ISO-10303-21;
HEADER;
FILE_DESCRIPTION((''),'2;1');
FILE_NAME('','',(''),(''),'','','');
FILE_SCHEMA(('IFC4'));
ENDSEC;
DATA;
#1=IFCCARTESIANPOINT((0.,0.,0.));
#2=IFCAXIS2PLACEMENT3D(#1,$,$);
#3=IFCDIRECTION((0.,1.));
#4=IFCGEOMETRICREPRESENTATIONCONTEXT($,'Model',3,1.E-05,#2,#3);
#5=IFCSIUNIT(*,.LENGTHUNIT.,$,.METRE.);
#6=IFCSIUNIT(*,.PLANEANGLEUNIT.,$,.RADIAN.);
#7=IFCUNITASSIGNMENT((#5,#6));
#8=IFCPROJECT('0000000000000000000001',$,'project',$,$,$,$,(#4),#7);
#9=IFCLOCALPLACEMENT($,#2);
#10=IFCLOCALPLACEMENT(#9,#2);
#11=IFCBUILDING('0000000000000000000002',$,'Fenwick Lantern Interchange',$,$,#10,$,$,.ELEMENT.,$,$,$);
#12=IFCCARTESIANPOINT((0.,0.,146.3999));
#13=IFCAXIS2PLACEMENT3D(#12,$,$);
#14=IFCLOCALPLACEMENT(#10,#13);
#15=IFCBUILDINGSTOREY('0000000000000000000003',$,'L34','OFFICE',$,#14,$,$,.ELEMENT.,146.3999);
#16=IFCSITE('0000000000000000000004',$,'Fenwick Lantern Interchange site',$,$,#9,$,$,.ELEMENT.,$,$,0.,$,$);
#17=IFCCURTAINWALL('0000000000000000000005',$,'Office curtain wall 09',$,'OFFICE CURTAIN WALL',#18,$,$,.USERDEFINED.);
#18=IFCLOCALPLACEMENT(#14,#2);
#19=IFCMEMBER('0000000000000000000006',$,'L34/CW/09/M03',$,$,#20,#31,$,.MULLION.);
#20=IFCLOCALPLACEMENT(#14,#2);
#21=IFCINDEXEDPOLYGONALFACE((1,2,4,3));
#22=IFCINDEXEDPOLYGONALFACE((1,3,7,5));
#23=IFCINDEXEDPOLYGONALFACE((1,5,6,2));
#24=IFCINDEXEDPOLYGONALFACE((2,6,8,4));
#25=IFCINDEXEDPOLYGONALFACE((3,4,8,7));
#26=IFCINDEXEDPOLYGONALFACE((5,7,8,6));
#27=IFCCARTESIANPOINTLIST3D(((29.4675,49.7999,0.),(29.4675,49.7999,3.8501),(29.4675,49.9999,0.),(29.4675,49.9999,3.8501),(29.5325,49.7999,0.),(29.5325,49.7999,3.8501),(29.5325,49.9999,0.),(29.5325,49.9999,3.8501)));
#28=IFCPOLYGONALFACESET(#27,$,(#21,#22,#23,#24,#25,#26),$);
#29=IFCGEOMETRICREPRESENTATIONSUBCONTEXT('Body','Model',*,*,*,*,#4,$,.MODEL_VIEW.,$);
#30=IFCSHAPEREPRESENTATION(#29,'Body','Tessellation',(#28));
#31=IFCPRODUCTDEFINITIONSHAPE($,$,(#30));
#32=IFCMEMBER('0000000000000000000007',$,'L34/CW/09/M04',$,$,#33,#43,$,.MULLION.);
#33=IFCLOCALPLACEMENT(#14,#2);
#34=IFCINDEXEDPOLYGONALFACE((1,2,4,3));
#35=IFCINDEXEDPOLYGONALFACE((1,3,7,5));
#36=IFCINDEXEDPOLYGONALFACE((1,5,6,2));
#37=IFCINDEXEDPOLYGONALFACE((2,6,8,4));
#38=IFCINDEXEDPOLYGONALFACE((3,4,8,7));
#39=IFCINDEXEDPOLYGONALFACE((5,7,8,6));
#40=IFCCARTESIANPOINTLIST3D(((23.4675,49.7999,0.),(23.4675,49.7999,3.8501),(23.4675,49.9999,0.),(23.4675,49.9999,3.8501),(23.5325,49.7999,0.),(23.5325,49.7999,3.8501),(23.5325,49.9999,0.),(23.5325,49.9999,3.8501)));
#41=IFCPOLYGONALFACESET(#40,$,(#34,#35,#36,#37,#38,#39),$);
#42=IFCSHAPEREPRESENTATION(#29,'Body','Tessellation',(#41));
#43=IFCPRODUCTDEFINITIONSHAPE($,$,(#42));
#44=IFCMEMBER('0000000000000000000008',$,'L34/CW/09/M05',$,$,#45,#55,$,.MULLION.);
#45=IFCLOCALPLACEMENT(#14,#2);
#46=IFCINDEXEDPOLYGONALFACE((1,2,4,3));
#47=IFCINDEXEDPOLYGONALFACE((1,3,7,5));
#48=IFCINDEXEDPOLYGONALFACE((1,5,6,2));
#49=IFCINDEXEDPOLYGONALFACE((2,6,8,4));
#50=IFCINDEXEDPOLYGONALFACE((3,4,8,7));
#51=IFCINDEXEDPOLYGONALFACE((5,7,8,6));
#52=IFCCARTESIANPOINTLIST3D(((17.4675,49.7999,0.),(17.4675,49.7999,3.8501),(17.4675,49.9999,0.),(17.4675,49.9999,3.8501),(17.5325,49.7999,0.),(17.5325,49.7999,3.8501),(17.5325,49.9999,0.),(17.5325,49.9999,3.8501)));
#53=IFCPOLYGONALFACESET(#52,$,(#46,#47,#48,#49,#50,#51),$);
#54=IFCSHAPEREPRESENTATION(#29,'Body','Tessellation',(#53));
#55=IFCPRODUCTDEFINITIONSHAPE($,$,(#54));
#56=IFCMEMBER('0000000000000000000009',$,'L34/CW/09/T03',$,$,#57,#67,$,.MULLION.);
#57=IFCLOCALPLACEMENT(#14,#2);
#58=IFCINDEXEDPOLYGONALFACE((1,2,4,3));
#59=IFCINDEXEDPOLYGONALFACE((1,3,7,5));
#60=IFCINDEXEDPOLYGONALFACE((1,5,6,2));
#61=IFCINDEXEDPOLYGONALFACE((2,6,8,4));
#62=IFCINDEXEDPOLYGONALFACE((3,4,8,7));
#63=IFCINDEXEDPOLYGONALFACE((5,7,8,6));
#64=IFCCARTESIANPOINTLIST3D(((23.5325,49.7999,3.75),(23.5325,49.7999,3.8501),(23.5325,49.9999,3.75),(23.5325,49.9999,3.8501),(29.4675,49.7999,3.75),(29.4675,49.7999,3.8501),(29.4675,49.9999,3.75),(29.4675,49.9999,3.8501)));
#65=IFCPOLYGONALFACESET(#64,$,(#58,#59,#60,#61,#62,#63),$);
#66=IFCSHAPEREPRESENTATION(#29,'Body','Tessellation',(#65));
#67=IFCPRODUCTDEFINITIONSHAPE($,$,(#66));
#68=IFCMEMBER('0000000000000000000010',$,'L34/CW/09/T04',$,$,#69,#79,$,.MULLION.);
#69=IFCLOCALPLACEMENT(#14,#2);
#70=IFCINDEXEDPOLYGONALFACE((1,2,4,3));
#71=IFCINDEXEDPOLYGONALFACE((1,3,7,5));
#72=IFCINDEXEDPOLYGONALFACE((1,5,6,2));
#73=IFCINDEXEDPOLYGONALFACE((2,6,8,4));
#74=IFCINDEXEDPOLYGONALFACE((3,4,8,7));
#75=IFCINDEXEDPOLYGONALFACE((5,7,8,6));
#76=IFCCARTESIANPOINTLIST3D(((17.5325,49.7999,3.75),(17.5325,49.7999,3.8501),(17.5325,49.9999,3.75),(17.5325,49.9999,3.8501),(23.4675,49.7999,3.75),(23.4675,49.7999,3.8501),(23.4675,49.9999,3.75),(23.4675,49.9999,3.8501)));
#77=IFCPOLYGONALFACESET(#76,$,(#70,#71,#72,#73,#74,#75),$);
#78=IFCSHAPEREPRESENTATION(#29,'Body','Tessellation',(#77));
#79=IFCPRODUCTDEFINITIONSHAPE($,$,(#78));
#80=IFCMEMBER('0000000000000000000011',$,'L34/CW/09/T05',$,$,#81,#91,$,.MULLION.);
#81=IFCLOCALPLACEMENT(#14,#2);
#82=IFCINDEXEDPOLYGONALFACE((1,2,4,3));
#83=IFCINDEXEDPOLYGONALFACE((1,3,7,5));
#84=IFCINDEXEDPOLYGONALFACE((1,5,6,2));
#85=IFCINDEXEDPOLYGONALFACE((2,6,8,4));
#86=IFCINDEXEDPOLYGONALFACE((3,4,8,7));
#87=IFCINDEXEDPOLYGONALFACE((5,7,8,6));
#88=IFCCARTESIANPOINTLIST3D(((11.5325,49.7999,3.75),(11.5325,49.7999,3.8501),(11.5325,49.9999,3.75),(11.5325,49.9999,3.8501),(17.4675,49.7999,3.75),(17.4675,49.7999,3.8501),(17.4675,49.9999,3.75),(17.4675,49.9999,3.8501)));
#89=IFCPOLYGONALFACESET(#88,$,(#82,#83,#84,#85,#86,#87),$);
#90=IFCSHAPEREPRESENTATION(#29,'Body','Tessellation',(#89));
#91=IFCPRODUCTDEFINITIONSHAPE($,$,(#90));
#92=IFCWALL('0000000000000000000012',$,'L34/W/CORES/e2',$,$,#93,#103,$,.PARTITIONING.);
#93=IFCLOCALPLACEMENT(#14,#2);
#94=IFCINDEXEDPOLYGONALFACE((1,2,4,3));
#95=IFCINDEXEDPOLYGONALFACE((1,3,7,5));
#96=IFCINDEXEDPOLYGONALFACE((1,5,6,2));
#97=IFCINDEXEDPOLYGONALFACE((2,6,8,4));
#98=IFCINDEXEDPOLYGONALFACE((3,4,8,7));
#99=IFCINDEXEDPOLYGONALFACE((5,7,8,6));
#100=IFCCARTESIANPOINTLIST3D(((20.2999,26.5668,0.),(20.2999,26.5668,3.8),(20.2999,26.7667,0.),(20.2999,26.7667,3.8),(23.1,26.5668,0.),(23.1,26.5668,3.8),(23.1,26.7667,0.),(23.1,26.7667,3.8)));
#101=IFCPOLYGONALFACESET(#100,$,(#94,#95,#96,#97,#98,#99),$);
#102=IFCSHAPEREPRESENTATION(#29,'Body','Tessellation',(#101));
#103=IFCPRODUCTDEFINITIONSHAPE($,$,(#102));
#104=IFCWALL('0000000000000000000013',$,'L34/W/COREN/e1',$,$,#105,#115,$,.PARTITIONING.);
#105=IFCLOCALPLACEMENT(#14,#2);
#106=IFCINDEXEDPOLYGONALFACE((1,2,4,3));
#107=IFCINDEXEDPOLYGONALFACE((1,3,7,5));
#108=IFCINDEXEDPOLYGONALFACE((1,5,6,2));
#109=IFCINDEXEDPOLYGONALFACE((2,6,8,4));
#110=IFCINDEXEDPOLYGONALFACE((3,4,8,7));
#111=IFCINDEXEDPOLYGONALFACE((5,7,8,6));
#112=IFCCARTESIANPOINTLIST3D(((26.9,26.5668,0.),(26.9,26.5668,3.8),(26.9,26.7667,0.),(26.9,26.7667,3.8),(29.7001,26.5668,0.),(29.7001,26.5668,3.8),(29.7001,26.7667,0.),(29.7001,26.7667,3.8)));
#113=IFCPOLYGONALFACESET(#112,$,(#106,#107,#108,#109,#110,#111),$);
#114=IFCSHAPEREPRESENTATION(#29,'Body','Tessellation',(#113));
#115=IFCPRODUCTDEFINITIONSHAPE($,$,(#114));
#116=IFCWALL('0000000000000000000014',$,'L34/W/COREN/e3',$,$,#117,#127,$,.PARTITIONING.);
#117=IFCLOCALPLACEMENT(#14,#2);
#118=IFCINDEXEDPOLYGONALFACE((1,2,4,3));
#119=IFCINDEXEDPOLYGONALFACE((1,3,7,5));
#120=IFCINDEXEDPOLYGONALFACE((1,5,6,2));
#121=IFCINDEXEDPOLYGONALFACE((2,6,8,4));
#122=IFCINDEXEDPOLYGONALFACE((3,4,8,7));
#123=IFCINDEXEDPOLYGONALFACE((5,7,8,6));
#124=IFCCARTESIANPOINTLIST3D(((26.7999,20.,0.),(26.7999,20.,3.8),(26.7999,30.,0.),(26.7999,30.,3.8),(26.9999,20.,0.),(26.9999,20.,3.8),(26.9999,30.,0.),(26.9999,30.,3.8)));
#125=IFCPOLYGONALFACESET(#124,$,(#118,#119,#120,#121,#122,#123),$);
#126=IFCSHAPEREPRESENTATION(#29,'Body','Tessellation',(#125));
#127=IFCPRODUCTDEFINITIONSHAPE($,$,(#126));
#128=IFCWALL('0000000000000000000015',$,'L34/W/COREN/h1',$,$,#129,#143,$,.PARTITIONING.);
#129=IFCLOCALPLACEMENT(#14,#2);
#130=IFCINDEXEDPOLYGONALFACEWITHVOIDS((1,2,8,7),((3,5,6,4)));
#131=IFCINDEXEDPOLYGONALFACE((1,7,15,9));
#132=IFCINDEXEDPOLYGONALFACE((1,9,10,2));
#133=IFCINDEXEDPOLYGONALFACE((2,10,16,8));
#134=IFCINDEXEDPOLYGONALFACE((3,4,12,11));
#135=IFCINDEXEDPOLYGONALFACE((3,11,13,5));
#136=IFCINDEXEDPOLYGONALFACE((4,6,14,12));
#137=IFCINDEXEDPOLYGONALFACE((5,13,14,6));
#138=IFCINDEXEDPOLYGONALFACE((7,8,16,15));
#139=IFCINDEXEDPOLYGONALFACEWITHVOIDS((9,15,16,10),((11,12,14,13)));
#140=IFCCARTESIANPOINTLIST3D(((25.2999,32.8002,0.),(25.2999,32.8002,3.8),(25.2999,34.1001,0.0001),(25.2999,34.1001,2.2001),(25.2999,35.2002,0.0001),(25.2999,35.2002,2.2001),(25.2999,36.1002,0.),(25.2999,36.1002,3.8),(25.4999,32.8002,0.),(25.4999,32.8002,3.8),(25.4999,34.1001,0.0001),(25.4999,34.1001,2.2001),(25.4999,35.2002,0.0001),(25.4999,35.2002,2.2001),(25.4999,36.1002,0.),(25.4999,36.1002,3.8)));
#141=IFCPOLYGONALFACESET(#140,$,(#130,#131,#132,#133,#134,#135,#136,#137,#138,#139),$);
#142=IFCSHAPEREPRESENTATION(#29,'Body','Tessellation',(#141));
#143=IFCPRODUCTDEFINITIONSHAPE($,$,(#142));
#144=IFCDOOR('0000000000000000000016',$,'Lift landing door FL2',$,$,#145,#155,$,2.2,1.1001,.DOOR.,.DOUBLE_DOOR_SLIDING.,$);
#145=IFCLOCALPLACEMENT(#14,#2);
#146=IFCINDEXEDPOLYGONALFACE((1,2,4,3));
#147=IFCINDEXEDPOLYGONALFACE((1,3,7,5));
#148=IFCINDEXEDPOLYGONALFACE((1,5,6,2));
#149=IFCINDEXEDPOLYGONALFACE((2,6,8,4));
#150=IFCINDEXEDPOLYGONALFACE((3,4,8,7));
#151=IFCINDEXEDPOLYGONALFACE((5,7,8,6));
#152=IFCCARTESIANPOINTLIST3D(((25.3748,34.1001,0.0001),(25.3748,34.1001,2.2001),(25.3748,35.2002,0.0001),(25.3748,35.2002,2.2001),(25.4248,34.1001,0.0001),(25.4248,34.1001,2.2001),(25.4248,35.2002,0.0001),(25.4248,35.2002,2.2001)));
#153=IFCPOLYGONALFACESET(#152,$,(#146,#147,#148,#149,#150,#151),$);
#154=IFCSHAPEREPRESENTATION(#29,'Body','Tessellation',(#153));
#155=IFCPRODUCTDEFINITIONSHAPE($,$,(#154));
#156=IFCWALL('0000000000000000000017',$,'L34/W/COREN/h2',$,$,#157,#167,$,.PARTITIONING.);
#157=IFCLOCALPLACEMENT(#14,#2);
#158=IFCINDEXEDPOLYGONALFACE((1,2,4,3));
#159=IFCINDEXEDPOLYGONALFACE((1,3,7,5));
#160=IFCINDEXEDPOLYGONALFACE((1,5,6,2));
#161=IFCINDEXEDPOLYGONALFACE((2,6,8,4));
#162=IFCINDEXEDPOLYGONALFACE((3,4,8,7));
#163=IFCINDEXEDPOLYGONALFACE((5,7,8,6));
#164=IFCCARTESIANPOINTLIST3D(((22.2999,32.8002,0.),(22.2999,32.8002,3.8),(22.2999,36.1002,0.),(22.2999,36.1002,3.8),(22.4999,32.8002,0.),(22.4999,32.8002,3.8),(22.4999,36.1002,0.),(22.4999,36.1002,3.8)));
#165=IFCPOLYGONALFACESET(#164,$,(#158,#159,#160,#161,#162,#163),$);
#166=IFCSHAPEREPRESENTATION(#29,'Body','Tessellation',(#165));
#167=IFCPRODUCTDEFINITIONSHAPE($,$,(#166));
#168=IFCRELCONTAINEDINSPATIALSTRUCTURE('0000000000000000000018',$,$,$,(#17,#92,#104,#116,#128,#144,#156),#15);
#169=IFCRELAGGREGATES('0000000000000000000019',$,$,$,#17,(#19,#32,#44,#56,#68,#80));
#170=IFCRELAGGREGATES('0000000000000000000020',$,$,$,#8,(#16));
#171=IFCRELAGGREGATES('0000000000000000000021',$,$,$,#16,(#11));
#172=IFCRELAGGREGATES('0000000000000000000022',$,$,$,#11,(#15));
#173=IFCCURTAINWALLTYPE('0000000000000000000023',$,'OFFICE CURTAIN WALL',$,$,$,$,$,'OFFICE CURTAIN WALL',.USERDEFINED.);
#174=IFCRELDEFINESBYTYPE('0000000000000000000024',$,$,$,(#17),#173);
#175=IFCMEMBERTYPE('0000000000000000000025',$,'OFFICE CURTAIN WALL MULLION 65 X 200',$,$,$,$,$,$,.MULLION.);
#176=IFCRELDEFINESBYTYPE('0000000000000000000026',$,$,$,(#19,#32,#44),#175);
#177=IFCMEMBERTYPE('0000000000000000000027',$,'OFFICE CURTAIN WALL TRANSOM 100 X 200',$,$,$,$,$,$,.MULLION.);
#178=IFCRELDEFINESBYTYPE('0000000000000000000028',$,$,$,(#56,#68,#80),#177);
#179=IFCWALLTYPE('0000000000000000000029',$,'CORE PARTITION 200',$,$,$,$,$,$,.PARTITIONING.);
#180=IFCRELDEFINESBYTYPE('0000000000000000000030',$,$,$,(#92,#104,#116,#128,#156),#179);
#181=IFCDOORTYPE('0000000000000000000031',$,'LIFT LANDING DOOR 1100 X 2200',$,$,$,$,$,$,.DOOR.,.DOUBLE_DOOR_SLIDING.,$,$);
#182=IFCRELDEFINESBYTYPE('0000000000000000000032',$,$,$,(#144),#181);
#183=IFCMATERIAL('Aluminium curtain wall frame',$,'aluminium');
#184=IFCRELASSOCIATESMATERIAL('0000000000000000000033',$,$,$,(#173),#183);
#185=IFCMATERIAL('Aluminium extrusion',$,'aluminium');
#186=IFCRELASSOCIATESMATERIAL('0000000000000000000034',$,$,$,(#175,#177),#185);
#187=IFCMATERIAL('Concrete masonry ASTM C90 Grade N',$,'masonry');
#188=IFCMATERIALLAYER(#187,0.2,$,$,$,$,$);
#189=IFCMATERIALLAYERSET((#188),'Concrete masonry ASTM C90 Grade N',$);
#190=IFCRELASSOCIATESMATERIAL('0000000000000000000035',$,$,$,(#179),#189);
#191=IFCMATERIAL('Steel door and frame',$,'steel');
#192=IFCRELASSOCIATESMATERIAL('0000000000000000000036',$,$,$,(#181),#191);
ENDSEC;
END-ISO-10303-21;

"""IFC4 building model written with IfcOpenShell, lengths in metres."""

from ifc_helpers import new_model, si_unit, direction, frame, frame_2d, origin, origin_2d, place, context, subcontext, project, spatial, rectangle, extrude, material, layer, layer_set, material_profile, profile_set, type_object, element, fill, aggregate, save


model = new_model("IFC4")

# Units and contexts
model_context = context("Model", 3, precision=1e-05, world=origin(), true_north=direction((0.0, 1.0)))
body_context = subcontext(model_context, "Body", "Model", "MODEL_VIEW")
ifc_project = project(units=[si_unit("LENGTHUNIT", "METRE"), si_unit("PLANEANGLEUNIT", "RADIAN")], contexts=[model_context])

# Site, building, storey
site_placement = place(None, origin())
site = spatial("IfcSite", under=ifc_project, at=site_placement, Name="Fenwick Lantern Interchange site", CompositionType="ELEMENT", RefElevation=0.0)
building_placement = place(site_placement, origin())
building = spatial("IfcBuilding", under=site, at=building_placement, Name="Fenwick Lantern Interchange", CompositionType="ELEMENT")
storey_placement = place(building_placement, frame((0.0, 0.0, 146.3999)))
storey = spatial("IfcBuildingStorey", under=building, at=storey_placement, Name="L34", Description="OFFICE", CompositionType="ELEMENT", Elevation=146.3999)

# Curtain wall, members
ifc_material_1 = material(Name="Aluminium curtain wall frame", Category="aluminium")
curtain_wall_type = type_object("IfcCurtainWallType", Name="OFFICE CURTAIN WALL", ElementType="OFFICE CURTAIN WALL", PredefinedType="USERDEFINED", material=ifc_material_1)
curtain_wall_placement = place(storey_placement, origin())
curtain_wall = element("IfcCurtainWall", 1, at=curtain_wall_placement, inside=storey, type_object=curtain_wall_type, Name="Office curtain wall 09", ObjectType="OFFICE CURTAIN WALL", PredefinedType="USERDEFINED")
ifc_material_2 = material(Name="Aluminium extrusion", Category="aluminium")
ifc_material_profile_1 = material_profile(ifc_material_2, rectangle(XDim=0.2, YDim=0.0649, at=origin_2d()), Name="OFFICE CURTAIN WALL MULLION 65 X 200")
ifc_profile_set_1 = profile_set([ifc_material_profile_1], Name="Aluminium extrusion")
member_type_1 = type_object("IfcMemberType", Name="OFFICE CURTAIN WALL MULLION 65 X 200", PredefinedType="MULLION", material=ifc_profile_set_1)
member_1_placement = place(storey_placement, frame((29.5, 49.8999, 0.0), z_axis=(0.0, 0.0, 1.0), x_axis=(0.0, -1.0, 0.0)))
member_1 = element("IfcMember", 2, at=member_1_placement, type_object=member_type_1, Name="L34/CW/09/M03", PredefinedType="MULLION", context=body_context, shape_type="SweptSolid", body=[
    extrude(rectangle(XDim=0.2, YDim=0.0649, at=origin_2d()), origin(), (0.0, 0.0, 1.0), 3.8501),
])
member_2_placement = place(storey_placement, frame((23.5, 49.8999, 0.0), z_axis=(0.0, 0.0, 1.0), x_axis=(0.0, -1.0, 0.0)))
member_2 = element("IfcMember", 3, at=member_2_placement, type_object=member_type_1, Name="L34/CW/09/M04", PredefinedType="MULLION", context=body_context, shape_type="SweptSolid", body=[
    extrude(rectangle(XDim=0.2, YDim=0.0649, at=origin_2d()), origin(), (0.0, 0.0, 1.0), 3.8501),
])
member_3_placement = place(storey_placement, frame((17.5, 49.8999, 0.0), z_axis=(0.0, 0.0, 1.0), x_axis=(0.0, -1.0, 0.0)))
member_3 = element("IfcMember", 4, at=member_3_placement, type_object=member_type_1, Name="L34/CW/09/M05", PredefinedType="MULLION", context=body_context, shape_type="SweptSolid", body=[
    extrude(rectangle(XDim=0.2, YDim=0.0649, at=origin_2d()), origin(), (0.0, 0.0, 1.0), 3.8501),
])
ifc_material_profile_2 = material_profile(ifc_material_2, rectangle(XDim=0.2, YDim=0.1001, at=origin_2d()), Name="OFFICE CURTAIN WALL TRANSOM 100 X 200")
ifc_profile_set_2 = profile_set([ifc_material_profile_2], Name="Aluminium extrusion")
member_type_2 = type_object("IfcMemberType", Name="OFFICE CURTAIN WALL TRANSOM 100 X 200", PredefinedType="MULLION", material=ifc_profile_set_2)
member_4_placement = place(storey_placement, frame((29.4675, 49.8999, 3.8), z_axis=(-1.0, 0.0, 0.0), x_axis=(0.0, -1.0, 0.0)))
member_4 = element("IfcMember", 5, at=member_4_placement, type_object=member_type_2, Name="L34/CW/09/T03", PredefinedType="MULLION", context=body_context, shape_type="SweptSolid", body=[
    extrude(rectangle(XDim=0.2, YDim=0.1001, at=origin_2d()), origin(), (0.0, 0.0, 1.0), 5.9351),
])
member_5_placement = place(storey_placement, frame((23.4675, 49.8999, 3.8), z_axis=(-1.0, 0.0, 0.0), x_axis=(0.0, -1.0, 0.0)))
member_5 = element("IfcMember", 6, at=member_5_placement, type_object=member_type_2, Name="L34/CW/09/T04", PredefinedType="MULLION", context=body_context, shape_type="SweptSolid", body=[
    extrude(rectangle(XDim=0.2, YDim=0.1001, at=origin_2d()), origin(), (0.0, 0.0, 1.0), 5.9351),
])
member_6_placement = place(storey_placement, frame((17.4675, 49.8999, 3.8), z_axis=(-1.0, 0.0, 0.0), x_axis=(0.0, -1.0, 0.0)))
member_6 = element("IfcMember", 7, at=member_6_placement, type_object=member_type_2, Name="L34/CW/09/T05", PredefinedType="MULLION", context=body_context, shape_type="SweptSolid", body=[
    extrude(rectangle(XDim=0.2, YDim=0.1001, at=origin_2d()), origin(), (0.0, 0.0, 1.0), 5.9351),
])
aggregate(curtain_wall, [member_1, member_2, member_3, member_4, member_5, member_6])

# Walls
ifc_material_3 = material(Name="Concrete masonry ASTM C90 Grade N", Category="masonry")
ifc_layer_1 = layer(ifc_material_3, 0.2)
ifc_layer_set_1 = layer_set([ifc_layer_1], Name="Concrete masonry ASTM C90 Grade N")
wall_type_1 = type_object("IfcWallType", Name="CORE PARTITION 200", PredefinedType="PARTITIONING", material=ifc_layer_set_1)
for number, where, z_axis, x_axis, name in (
    (8, (20.3, 26.6667, 0.0), (0.0, 0.0, 1.0), (1.0, 0.0, 0.0), "L34/W/CORES/e2"),
    (9, (29.7, 26.6667, 0.0), (0.0, 0.0, 1.0), (-1.0, 0.0, 0.0), "L34/W/COREN/e1"),
):
    element("IfcWall", number, at=place(storey_placement, frame(where, z_axis=z_axis, x_axis=x_axis)), inside=storey, type_object=wall_type_1, Name=name, PredefinedType="PARTITIONING", context=body_context, shape_type="SweptSolid", body=[
        extrude(rectangle(XDim=2.8, YDim=0.2, at=frame_2d((1.3999, 0.0))), origin(), (0.0, 0.0, 1.0), 3.8),
    ])
wall_1_placement = place(storey_placement, frame((26.8999, 30.0, 0.0), z_axis=(0.0, 0.0, 1.0), x_axis=(0.0, -1.0, 0.0)))
element("IfcWall", 10, at=wall_1_placement, inside=storey, type_object=wall_type_1, Name="L34/W/COREN/e3", PredefinedType="PARTITIONING", context=body_context, shape_type="SweptSolid", body=[
    extrude(rectangle(XDim=10.0, YDim=0.2, at=frame_2d((5.0, 0.0))), origin(), (0.0, 0.0, 1.0), 3.8),
])

# Wall, opening, door
wall_2_placement = place(storey_placement, frame((25.3999, 36.1001, 0.0), z_axis=(0.0, 0.0, 1.0), x_axis=(0.0, -1.0, 0.0)))
wall_2 = element("IfcWall", 11, at=wall_2_placement, inside=storey, type_object=wall_type_1, Name="L34/W/COREN/h1", PredefinedType="PARTITIONING", context=body_context, shape_type="SweptSolid", body=[
    extrude(rectangle(XDim=3.3, YDim=0.2, at=frame_2d((1.6499, 0.0))), origin(), (0.0, 0.0, 1.0), 3.8),
])
opening_1_placement = place(wall_2_placement, frame((0.8999, 0.0, 0.0)))
opening_1 = element("IfcOpeningElement", 12, at=opening_1_placement, cuts=wall_2, PredefinedType="OPENING", context=body_context, shape_type="SweptSolid", body=[
    extrude(rectangle(XDim=1.1001, YDim=2.2, at=frame_2d((0.55, 1.1001))), frame((0.0, 0.1099, 0.0), z_axis=(0.0, -1.0, 0.0), x_axis=(1.0, 0.0, 0.0)), (0.0, 0.0, 1.0), 0.22),
])
ifc_material_4 = material(Name="Steel door and frame", Category="steel")
door_type_1 = type_object("IfcDoorType", Name="LIFT LANDING DOOR 1100 X 2200", OperationType="DOUBLE_DOOR_SLIDING", PredefinedType="DOOR", material=ifc_material_4)
door_1_placement = place(opening_1_placement, origin())
door_1 = element("IfcDoor", 13, at=door_1_placement, inside=storey, type_object=door_type_1, Name="Lift landing door FL2", OperationType="DOUBLE_DOOR_SLIDING", OverallHeight=2.2, OverallWidth=1.1001, PredefinedType="DOOR", context=body_context, shape_type="SweptSolid", body=[
    extrude(rectangle(XDim=1.1001, YDim=2.2, at=frame_2d((0.55, 1.1001))), frame((0.0, 0.0249, 0.0), z_axis=(0.0, -1.0, 0.0), x_axis=(1.0, 0.0, 0.0)), (0.0, 0.0, 1.0), 0.05),
])
fill(opening_1, door_1)

# Wall
wall_3_placement = place(storey_placement, frame((22.3999, 36.1001, 0.0), z_axis=(0.0, 0.0, 1.0), x_axis=(0.0, -1.0, 0.0)))
element("IfcWall", 14, at=wall_3_placement, inside=storey, type_object=wall_type_1, Name="L34/W/COREN/h2", PredefinedType="PARTITIONING", context=body_context, shape_type="SweptSolid", body=[
    extrude(rectangle(XDim=3.3, YDim=0.2, at=frame_2d((1.6499, 0.0))), origin(), (0.0, 0.0, 1.0), 3.8),
])

save(model, "model.ifc")
